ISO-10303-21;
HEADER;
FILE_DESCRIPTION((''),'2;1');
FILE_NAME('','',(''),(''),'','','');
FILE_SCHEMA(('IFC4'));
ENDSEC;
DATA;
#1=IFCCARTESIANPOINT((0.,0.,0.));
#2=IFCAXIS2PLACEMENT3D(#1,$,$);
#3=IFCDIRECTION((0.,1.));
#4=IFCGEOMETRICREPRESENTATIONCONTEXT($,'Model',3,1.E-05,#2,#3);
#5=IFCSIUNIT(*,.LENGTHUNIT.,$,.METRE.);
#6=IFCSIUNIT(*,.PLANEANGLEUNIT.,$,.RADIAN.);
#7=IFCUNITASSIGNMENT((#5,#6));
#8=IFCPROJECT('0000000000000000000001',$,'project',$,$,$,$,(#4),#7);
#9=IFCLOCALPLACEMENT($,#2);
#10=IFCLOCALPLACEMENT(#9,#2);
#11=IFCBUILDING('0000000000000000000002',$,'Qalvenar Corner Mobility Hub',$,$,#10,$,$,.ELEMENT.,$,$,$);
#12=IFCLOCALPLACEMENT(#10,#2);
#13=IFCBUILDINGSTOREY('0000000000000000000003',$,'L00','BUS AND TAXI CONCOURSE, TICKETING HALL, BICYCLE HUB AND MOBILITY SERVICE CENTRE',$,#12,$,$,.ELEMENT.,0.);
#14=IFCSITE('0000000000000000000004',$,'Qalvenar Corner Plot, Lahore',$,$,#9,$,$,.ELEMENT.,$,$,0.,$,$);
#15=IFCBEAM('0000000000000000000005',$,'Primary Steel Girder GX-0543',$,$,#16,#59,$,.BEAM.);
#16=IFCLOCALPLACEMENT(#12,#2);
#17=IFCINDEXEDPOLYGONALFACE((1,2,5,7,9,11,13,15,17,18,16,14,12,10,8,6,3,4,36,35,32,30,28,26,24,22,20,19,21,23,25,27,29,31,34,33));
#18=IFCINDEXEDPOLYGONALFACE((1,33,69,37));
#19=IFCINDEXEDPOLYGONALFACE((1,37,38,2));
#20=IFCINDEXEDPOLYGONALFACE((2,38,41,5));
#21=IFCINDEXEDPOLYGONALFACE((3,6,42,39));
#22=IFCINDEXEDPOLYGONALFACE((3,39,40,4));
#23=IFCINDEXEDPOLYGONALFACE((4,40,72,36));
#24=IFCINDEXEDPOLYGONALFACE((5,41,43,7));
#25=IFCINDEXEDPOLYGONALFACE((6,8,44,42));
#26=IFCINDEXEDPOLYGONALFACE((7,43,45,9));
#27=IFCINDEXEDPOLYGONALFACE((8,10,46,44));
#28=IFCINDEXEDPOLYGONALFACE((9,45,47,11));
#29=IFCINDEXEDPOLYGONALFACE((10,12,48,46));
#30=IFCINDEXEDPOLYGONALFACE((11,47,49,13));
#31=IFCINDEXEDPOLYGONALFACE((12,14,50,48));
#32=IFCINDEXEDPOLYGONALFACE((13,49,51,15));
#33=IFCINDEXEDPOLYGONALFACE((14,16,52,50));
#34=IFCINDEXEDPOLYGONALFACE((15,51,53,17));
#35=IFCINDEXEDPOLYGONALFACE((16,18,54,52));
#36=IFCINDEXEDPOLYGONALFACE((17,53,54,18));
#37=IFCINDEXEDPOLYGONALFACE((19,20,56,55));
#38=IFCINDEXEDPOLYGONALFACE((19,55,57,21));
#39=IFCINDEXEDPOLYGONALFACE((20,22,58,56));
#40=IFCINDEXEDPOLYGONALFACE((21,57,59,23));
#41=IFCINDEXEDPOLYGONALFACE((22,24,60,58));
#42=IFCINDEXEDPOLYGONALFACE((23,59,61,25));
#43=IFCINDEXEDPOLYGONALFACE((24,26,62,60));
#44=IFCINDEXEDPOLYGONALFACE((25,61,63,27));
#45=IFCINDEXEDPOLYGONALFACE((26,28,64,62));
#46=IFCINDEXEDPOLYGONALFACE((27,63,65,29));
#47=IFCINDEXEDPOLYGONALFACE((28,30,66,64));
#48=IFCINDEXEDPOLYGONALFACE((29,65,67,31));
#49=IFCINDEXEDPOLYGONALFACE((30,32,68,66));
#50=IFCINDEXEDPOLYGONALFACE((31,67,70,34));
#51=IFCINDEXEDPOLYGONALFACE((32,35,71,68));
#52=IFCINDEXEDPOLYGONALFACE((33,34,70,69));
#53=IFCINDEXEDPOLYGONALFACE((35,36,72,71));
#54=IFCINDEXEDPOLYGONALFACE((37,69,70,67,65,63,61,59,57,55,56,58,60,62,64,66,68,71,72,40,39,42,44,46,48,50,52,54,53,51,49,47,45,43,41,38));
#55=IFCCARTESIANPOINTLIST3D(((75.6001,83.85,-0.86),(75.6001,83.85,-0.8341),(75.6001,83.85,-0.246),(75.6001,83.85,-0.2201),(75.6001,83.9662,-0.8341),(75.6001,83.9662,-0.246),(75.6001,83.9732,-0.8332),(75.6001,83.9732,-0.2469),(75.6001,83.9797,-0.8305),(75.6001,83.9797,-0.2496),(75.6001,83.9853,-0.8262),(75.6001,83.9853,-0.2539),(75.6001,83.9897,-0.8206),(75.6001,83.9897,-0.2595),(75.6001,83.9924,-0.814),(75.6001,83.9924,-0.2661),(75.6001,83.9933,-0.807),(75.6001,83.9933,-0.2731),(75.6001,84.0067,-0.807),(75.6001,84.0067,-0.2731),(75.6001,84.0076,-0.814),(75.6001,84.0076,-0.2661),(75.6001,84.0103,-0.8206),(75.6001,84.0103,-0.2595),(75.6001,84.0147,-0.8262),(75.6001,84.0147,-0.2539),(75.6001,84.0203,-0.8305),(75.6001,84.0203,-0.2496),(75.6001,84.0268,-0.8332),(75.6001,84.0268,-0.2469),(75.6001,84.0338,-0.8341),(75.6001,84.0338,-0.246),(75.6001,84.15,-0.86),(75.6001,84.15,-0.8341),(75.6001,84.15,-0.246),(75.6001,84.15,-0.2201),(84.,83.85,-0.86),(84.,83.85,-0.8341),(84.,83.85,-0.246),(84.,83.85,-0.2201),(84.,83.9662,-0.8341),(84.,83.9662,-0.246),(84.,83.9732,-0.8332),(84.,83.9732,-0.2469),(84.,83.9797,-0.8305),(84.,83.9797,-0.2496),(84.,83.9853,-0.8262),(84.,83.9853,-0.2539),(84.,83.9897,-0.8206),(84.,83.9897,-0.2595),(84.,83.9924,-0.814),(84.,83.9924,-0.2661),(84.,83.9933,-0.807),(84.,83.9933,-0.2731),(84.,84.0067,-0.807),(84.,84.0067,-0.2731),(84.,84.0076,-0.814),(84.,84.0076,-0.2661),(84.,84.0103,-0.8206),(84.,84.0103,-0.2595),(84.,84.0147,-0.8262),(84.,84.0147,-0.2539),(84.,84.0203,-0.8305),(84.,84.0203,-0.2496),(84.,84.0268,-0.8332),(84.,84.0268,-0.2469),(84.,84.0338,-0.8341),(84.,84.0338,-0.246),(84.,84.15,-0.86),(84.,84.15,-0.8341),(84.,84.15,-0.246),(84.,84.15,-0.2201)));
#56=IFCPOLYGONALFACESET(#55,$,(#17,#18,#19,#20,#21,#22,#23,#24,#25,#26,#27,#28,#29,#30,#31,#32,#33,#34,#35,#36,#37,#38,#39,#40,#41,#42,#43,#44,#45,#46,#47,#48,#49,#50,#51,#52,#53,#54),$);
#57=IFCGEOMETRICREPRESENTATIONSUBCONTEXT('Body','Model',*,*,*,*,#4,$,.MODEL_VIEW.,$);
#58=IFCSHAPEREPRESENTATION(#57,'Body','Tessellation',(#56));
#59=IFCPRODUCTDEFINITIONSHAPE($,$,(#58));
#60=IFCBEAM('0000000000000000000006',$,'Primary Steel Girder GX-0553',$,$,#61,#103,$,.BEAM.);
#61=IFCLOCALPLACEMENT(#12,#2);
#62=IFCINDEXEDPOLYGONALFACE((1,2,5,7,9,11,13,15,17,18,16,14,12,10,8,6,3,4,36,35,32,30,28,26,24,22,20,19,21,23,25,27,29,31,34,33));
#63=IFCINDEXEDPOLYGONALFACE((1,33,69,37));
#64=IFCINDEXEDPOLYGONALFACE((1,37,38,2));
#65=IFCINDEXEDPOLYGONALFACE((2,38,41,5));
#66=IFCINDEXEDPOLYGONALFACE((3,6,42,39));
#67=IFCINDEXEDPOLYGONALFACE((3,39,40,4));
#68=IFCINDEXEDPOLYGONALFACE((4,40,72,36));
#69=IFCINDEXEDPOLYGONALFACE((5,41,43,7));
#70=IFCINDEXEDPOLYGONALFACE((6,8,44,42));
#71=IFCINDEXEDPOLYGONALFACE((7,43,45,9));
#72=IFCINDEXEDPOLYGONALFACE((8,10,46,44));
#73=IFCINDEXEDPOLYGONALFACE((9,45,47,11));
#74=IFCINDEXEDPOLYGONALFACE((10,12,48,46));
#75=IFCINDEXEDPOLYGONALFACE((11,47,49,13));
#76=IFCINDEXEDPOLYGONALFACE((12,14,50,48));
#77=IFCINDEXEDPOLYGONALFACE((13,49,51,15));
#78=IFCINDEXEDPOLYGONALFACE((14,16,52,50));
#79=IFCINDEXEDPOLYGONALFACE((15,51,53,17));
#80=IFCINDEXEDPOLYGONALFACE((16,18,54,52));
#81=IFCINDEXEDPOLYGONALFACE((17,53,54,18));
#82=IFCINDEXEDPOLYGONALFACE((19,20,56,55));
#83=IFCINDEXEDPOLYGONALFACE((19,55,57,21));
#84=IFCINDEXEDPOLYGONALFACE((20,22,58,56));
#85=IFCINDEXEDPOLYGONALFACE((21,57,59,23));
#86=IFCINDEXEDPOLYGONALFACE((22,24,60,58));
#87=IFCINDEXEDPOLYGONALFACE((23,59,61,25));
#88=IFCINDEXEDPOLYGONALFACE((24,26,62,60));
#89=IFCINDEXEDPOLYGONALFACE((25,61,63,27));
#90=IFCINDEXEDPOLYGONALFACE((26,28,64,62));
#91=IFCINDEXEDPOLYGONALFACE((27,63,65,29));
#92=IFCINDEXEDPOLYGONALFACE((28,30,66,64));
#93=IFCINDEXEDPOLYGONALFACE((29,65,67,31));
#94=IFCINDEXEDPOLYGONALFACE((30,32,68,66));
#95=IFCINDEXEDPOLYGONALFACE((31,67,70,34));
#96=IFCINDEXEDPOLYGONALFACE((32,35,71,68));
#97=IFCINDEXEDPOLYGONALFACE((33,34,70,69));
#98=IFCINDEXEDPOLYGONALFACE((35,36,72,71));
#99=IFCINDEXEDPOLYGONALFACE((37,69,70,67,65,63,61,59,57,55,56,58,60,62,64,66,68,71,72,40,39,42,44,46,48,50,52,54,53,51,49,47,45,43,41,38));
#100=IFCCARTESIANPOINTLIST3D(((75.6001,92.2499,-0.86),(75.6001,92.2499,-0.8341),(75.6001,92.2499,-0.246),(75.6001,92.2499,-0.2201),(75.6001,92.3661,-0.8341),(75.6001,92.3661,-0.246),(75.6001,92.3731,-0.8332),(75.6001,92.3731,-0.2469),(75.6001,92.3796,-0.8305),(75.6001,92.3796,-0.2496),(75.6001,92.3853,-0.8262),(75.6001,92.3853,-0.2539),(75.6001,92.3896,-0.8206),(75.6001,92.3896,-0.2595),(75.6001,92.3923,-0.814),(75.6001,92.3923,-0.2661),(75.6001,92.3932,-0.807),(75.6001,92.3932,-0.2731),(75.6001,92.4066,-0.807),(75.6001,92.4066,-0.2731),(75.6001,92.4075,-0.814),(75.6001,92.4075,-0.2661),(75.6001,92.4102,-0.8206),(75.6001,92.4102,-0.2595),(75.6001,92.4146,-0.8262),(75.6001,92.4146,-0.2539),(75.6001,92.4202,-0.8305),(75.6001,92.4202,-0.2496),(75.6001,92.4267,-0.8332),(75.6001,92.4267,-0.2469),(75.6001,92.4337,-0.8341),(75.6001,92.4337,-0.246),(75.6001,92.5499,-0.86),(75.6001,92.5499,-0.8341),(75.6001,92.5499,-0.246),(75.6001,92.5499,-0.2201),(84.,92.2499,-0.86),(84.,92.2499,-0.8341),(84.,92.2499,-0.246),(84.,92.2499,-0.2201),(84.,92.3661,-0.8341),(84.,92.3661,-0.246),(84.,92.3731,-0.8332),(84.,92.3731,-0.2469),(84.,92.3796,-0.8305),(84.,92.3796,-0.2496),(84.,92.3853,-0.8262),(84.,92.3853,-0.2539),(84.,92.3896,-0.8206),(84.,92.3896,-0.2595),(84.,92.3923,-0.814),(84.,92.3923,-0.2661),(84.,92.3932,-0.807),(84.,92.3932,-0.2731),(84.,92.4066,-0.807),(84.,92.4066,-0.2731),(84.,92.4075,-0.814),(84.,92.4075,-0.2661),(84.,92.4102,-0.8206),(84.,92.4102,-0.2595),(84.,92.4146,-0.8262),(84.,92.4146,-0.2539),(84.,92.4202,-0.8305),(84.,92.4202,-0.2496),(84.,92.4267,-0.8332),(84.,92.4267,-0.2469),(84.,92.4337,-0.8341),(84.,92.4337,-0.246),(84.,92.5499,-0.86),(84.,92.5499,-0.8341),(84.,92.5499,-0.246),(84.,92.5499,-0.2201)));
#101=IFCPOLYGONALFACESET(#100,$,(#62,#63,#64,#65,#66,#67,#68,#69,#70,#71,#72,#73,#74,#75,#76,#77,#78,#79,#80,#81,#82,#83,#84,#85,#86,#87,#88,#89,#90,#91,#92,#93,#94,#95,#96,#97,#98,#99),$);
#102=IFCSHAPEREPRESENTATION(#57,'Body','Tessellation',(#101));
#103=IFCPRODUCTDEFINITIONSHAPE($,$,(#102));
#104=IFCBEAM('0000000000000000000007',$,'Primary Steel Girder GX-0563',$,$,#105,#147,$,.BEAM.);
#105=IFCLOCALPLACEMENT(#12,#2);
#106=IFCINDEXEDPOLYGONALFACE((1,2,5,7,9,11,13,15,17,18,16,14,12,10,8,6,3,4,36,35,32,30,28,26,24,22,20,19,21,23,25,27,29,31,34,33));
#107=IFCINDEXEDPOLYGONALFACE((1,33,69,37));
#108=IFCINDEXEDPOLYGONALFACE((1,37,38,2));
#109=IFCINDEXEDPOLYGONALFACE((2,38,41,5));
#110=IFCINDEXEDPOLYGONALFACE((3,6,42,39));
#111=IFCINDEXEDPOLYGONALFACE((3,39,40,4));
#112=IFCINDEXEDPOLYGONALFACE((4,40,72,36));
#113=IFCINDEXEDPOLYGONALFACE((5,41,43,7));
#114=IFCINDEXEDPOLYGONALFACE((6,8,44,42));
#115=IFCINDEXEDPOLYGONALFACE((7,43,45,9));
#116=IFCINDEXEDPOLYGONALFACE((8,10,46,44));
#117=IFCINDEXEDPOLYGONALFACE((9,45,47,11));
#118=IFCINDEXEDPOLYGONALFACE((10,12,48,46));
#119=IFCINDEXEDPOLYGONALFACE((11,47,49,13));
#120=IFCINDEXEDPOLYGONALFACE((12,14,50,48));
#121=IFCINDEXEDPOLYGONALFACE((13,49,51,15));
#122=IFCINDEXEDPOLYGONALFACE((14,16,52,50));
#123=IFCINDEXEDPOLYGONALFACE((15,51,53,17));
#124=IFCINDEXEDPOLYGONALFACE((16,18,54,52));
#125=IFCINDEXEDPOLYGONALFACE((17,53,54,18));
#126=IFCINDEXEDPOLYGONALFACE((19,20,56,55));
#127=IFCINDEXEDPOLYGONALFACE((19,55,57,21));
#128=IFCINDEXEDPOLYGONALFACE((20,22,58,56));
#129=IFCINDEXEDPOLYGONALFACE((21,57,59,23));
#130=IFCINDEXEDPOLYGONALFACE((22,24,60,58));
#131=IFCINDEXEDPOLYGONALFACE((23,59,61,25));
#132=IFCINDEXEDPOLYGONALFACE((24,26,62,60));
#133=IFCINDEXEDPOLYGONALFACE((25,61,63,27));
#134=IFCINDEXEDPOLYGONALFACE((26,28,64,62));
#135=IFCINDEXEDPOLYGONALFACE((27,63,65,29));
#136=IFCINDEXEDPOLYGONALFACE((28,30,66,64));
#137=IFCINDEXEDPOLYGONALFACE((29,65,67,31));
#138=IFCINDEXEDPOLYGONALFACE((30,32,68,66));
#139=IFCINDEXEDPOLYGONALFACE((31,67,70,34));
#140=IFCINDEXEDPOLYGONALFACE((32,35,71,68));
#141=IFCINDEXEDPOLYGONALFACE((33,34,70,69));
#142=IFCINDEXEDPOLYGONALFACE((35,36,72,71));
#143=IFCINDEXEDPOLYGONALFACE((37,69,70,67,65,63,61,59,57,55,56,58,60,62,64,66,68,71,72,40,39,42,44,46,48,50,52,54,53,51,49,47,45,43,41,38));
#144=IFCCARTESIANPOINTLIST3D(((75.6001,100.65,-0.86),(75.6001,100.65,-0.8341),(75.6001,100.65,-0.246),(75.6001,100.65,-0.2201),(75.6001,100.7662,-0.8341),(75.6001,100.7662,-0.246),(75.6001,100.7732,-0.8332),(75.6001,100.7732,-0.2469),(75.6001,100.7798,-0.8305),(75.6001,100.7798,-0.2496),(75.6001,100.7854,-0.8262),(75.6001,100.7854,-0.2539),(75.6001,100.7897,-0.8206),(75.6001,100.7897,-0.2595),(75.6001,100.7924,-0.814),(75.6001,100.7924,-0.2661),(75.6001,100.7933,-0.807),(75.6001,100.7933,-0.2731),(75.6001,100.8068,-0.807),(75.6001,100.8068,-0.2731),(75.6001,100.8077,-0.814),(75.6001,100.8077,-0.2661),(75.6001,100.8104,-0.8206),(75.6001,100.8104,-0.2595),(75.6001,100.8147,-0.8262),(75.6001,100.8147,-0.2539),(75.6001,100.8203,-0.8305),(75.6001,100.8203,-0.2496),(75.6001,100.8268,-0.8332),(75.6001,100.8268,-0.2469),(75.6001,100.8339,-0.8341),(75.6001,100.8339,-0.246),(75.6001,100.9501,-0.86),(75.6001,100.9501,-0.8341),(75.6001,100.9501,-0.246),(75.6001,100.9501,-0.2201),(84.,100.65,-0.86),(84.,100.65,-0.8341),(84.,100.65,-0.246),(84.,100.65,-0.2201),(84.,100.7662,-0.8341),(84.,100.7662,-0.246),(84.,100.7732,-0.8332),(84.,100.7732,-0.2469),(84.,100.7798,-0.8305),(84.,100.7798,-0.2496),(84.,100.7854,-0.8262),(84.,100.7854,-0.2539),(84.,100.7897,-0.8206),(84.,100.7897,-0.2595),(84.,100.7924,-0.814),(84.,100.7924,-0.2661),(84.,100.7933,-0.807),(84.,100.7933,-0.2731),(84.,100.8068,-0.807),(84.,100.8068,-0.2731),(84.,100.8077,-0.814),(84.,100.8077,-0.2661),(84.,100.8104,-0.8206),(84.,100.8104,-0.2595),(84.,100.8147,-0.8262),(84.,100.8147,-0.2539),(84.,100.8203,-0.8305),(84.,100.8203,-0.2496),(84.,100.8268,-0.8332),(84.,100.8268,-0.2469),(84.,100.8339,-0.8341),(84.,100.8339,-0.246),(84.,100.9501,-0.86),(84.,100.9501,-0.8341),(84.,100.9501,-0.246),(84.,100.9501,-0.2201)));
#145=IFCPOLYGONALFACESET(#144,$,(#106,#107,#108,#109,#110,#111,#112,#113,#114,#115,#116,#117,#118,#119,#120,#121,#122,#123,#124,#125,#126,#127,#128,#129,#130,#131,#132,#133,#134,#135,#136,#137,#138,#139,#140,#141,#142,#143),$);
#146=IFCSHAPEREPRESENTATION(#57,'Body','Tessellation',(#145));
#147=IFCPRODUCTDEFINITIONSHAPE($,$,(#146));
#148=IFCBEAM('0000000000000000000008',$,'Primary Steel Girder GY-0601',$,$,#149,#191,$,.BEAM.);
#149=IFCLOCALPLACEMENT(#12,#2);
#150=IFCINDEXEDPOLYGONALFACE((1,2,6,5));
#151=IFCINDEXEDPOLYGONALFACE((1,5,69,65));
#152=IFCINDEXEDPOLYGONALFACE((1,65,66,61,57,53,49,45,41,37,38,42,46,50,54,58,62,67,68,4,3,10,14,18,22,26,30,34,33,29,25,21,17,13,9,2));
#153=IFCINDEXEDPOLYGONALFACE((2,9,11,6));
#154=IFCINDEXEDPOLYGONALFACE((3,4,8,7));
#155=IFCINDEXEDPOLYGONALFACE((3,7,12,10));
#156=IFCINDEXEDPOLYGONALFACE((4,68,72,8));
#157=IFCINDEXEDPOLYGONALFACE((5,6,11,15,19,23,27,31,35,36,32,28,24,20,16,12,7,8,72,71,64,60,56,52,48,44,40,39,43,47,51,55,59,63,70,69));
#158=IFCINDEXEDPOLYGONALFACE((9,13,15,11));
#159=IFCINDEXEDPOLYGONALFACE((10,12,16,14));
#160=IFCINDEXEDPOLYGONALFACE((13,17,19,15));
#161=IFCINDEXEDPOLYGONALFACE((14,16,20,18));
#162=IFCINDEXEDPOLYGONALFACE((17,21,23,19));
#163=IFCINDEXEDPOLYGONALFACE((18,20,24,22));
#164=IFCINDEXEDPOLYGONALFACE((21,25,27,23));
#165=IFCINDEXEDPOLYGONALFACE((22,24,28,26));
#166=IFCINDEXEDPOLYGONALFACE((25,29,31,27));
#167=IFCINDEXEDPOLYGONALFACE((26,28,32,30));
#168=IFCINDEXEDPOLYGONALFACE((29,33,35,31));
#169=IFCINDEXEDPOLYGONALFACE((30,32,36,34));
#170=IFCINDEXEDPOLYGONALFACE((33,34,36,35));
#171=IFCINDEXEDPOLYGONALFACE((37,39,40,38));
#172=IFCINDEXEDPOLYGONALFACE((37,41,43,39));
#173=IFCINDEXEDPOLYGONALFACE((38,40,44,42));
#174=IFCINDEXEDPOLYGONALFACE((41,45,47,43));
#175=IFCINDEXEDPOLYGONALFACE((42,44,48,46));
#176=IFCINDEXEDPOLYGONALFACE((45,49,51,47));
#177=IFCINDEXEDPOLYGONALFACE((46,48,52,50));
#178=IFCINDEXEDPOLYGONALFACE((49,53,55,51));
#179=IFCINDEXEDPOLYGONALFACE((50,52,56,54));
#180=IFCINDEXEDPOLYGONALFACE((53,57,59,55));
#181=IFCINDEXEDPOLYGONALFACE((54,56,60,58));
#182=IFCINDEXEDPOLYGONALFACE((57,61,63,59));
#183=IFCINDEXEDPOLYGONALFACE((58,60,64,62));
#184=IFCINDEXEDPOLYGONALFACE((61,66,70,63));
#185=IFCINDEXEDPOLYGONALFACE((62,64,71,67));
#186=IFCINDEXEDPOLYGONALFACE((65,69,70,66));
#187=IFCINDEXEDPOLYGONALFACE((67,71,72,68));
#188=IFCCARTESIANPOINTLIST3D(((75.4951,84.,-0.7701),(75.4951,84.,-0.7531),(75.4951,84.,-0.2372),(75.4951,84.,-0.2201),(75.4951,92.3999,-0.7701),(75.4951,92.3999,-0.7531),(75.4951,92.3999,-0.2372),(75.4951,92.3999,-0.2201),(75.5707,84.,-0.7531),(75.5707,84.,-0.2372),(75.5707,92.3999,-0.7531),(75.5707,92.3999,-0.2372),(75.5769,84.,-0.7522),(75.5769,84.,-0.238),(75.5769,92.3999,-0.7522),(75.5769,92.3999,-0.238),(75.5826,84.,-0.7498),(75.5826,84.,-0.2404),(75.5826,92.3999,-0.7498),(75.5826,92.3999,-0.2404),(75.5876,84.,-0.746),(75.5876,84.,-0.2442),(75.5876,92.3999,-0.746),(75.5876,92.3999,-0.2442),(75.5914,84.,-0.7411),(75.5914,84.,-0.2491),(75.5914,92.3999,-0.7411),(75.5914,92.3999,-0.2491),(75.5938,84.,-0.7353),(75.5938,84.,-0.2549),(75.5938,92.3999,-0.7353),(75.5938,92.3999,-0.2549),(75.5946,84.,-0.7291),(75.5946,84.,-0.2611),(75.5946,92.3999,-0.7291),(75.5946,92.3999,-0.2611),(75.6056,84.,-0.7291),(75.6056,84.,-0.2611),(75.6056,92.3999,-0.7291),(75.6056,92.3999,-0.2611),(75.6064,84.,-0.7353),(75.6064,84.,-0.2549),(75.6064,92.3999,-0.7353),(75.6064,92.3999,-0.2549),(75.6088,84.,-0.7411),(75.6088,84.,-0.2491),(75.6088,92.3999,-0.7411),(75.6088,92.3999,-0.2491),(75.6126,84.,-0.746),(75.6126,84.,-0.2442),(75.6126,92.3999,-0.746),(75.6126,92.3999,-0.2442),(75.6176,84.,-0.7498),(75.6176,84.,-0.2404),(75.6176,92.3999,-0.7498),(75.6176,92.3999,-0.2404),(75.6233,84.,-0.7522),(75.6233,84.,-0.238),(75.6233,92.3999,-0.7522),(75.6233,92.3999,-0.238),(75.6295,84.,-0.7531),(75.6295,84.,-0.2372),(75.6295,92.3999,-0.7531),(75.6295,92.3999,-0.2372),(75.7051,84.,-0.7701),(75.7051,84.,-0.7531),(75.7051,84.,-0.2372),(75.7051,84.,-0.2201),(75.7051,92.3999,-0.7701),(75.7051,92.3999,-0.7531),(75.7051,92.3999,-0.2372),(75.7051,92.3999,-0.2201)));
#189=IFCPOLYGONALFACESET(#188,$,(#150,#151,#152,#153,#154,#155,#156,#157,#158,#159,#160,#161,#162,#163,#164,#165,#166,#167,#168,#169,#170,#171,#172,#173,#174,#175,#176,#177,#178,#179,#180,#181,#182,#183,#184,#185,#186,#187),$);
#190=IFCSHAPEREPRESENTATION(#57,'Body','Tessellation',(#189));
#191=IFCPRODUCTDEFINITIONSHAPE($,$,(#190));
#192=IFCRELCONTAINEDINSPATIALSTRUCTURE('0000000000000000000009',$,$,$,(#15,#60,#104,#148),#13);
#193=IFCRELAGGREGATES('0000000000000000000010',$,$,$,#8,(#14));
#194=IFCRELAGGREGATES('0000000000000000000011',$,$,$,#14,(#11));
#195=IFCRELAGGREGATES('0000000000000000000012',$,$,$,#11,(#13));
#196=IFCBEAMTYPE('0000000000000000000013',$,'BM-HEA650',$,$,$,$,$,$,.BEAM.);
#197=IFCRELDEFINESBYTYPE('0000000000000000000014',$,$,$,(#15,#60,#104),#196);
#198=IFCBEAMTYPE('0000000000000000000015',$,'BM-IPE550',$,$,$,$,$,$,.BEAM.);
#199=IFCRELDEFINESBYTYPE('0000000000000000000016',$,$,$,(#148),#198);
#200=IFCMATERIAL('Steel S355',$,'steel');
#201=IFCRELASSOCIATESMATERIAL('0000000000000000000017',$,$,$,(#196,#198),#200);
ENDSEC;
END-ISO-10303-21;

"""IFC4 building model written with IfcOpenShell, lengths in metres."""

from ifc_helpers import new_model, si_unit, direction, frame, origin, origin_2d, place, context, subcontext, project, spatial, i_section, extrude, material, material_profile, profile_set, type_object, element, save


model = new_model("IFC4")

# Units and contexts
model_context = context("Model", 3, precision=1e-05, world=origin(), true_north=direction((0.0, 1.0)))
body_context = subcontext(model_context, "Body", "Model", "MODEL_VIEW")
ifc_project = project(units=[si_unit("LENGTHUNIT", "METRE"), si_unit("PLANEANGLEUNIT", "RADIAN")], contexts=[model_context])

# Site, building, storey
site_placement = place(None, origin())
site = spatial("IfcSite", under=ifc_project, at=site_placement, Name="Qalvenar Corner Plot, Lahore", CompositionType="ELEMENT", RefElevation=0.0)
building_placement = place(site_placement, origin())
building = spatial("IfcBuilding", under=site, at=building_placement, Name="Qalvenar Corner Mobility Hub", CompositionType="ELEMENT")
storey_placement = place(building_placement, origin())
storey = spatial("IfcBuildingStorey", under=building, at=storey_placement, Name="L00", Description="BUS AND TAXI CONCOURSE, TICKETING HALL, BICYCLE HUB AND MOBILITY SERVICE CENTRE", CompositionType="ELEMENT", Elevation=0.0)

# Shared definitions
ifc_material_1 = material(Name="Steel S355", Category="steel")

# Beams
ifc_material_profile_1 = material_profile(ifc_material_1, i_section(OverallWidth=0.3, OverallDepth=0.6399, WebThickness=0.0134, FlangeThickness=0.0259, FilletRadius=0.0271, at=origin_2d()), Name="HEA650")
ifc_profile_set_1 = profile_set([ifc_material_profile_1], Name="Steel S355")
beam_type_1 = type_object("IfcBeamType", Name="BM-HEA650", PredefinedType="BEAM", material=ifc_profile_set_1)
for number, where, z_axis, x_axis, name in (
    (1, (75.6001, 84.0, -0.54), (1.0, 0.0, 0.0), (0.0, 1.0, 0.0), "Primary Steel Girder GX-0543"),
    (2, (75.6001, 92.3999, -0.54), (1.0, 0.0, 0.0), (0.0, 1.0, 0.0), "Primary Steel Girder GX-0553"),
    (3, (75.6001, 100.8, -0.54), (1.0, 0.0, 0.0), (0.0, 1.0, 0.0), "Primary Steel Girder GX-0563"),
):
    element("IfcBeam", number, at=place(storey_placement, frame(where, z_axis=z_axis, x_axis=x_axis)), inside=storey, type_object=beam_type_1, Name=name, PredefinedType="BEAM", context=body_context, shape_type="SweptSolid", body=[
        extrude(i_section(OverallWidth=0.3, OverallDepth=0.6399, WebThickness=0.0134, FlangeThickness=0.0259, FilletRadius=0.0271, at=origin_2d()), origin(), (0.0, 0.0, 1.0), 8.3999),
    ])
ifc_material_profile_2 = material_profile(ifc_material_1, i_section(OverallWidth=0.21, OverallDepth=0.55, WebThickness=0.011, FlangeThickness=0.0171, FilletRadius=0.0239, at=origin_2d()), Name="IPE550")
ifc_profile_set_2 = profile_set([ifc_material_profile_2], Name="Steel S355")
beam_type_2 = type_object("IfcBeamType", Name="BM-IPE550", PredefinedType="BEAM", material=ifc_profile_set_2)
beam_1_placement = place(storey_placement, frame((75.6001, 84.0, -0.4951), z_axis=(0.0, 1.0, 0.0), x_axis=(-1.0, 0.0, 0.0)))
element("IfcBeam", 4, at=beam_1_placement, inside=storey, type_object=beam_type_2, Name="Primary Steel Girder GY-0601", PredefinedType="BEAM", context=body_context, shape_type="SweptSolid", body=[
    extrude(i_section(OverallWidth=0.21, OverallDepth=0.55, WebThickness=0.011, FlangeThickness=0.0171, FilletRadius=0.0239, at=origin_2d()), origin(), (0.0, 0.0, 1.0), 8.3999),
])

save(model, "model.ifc")
